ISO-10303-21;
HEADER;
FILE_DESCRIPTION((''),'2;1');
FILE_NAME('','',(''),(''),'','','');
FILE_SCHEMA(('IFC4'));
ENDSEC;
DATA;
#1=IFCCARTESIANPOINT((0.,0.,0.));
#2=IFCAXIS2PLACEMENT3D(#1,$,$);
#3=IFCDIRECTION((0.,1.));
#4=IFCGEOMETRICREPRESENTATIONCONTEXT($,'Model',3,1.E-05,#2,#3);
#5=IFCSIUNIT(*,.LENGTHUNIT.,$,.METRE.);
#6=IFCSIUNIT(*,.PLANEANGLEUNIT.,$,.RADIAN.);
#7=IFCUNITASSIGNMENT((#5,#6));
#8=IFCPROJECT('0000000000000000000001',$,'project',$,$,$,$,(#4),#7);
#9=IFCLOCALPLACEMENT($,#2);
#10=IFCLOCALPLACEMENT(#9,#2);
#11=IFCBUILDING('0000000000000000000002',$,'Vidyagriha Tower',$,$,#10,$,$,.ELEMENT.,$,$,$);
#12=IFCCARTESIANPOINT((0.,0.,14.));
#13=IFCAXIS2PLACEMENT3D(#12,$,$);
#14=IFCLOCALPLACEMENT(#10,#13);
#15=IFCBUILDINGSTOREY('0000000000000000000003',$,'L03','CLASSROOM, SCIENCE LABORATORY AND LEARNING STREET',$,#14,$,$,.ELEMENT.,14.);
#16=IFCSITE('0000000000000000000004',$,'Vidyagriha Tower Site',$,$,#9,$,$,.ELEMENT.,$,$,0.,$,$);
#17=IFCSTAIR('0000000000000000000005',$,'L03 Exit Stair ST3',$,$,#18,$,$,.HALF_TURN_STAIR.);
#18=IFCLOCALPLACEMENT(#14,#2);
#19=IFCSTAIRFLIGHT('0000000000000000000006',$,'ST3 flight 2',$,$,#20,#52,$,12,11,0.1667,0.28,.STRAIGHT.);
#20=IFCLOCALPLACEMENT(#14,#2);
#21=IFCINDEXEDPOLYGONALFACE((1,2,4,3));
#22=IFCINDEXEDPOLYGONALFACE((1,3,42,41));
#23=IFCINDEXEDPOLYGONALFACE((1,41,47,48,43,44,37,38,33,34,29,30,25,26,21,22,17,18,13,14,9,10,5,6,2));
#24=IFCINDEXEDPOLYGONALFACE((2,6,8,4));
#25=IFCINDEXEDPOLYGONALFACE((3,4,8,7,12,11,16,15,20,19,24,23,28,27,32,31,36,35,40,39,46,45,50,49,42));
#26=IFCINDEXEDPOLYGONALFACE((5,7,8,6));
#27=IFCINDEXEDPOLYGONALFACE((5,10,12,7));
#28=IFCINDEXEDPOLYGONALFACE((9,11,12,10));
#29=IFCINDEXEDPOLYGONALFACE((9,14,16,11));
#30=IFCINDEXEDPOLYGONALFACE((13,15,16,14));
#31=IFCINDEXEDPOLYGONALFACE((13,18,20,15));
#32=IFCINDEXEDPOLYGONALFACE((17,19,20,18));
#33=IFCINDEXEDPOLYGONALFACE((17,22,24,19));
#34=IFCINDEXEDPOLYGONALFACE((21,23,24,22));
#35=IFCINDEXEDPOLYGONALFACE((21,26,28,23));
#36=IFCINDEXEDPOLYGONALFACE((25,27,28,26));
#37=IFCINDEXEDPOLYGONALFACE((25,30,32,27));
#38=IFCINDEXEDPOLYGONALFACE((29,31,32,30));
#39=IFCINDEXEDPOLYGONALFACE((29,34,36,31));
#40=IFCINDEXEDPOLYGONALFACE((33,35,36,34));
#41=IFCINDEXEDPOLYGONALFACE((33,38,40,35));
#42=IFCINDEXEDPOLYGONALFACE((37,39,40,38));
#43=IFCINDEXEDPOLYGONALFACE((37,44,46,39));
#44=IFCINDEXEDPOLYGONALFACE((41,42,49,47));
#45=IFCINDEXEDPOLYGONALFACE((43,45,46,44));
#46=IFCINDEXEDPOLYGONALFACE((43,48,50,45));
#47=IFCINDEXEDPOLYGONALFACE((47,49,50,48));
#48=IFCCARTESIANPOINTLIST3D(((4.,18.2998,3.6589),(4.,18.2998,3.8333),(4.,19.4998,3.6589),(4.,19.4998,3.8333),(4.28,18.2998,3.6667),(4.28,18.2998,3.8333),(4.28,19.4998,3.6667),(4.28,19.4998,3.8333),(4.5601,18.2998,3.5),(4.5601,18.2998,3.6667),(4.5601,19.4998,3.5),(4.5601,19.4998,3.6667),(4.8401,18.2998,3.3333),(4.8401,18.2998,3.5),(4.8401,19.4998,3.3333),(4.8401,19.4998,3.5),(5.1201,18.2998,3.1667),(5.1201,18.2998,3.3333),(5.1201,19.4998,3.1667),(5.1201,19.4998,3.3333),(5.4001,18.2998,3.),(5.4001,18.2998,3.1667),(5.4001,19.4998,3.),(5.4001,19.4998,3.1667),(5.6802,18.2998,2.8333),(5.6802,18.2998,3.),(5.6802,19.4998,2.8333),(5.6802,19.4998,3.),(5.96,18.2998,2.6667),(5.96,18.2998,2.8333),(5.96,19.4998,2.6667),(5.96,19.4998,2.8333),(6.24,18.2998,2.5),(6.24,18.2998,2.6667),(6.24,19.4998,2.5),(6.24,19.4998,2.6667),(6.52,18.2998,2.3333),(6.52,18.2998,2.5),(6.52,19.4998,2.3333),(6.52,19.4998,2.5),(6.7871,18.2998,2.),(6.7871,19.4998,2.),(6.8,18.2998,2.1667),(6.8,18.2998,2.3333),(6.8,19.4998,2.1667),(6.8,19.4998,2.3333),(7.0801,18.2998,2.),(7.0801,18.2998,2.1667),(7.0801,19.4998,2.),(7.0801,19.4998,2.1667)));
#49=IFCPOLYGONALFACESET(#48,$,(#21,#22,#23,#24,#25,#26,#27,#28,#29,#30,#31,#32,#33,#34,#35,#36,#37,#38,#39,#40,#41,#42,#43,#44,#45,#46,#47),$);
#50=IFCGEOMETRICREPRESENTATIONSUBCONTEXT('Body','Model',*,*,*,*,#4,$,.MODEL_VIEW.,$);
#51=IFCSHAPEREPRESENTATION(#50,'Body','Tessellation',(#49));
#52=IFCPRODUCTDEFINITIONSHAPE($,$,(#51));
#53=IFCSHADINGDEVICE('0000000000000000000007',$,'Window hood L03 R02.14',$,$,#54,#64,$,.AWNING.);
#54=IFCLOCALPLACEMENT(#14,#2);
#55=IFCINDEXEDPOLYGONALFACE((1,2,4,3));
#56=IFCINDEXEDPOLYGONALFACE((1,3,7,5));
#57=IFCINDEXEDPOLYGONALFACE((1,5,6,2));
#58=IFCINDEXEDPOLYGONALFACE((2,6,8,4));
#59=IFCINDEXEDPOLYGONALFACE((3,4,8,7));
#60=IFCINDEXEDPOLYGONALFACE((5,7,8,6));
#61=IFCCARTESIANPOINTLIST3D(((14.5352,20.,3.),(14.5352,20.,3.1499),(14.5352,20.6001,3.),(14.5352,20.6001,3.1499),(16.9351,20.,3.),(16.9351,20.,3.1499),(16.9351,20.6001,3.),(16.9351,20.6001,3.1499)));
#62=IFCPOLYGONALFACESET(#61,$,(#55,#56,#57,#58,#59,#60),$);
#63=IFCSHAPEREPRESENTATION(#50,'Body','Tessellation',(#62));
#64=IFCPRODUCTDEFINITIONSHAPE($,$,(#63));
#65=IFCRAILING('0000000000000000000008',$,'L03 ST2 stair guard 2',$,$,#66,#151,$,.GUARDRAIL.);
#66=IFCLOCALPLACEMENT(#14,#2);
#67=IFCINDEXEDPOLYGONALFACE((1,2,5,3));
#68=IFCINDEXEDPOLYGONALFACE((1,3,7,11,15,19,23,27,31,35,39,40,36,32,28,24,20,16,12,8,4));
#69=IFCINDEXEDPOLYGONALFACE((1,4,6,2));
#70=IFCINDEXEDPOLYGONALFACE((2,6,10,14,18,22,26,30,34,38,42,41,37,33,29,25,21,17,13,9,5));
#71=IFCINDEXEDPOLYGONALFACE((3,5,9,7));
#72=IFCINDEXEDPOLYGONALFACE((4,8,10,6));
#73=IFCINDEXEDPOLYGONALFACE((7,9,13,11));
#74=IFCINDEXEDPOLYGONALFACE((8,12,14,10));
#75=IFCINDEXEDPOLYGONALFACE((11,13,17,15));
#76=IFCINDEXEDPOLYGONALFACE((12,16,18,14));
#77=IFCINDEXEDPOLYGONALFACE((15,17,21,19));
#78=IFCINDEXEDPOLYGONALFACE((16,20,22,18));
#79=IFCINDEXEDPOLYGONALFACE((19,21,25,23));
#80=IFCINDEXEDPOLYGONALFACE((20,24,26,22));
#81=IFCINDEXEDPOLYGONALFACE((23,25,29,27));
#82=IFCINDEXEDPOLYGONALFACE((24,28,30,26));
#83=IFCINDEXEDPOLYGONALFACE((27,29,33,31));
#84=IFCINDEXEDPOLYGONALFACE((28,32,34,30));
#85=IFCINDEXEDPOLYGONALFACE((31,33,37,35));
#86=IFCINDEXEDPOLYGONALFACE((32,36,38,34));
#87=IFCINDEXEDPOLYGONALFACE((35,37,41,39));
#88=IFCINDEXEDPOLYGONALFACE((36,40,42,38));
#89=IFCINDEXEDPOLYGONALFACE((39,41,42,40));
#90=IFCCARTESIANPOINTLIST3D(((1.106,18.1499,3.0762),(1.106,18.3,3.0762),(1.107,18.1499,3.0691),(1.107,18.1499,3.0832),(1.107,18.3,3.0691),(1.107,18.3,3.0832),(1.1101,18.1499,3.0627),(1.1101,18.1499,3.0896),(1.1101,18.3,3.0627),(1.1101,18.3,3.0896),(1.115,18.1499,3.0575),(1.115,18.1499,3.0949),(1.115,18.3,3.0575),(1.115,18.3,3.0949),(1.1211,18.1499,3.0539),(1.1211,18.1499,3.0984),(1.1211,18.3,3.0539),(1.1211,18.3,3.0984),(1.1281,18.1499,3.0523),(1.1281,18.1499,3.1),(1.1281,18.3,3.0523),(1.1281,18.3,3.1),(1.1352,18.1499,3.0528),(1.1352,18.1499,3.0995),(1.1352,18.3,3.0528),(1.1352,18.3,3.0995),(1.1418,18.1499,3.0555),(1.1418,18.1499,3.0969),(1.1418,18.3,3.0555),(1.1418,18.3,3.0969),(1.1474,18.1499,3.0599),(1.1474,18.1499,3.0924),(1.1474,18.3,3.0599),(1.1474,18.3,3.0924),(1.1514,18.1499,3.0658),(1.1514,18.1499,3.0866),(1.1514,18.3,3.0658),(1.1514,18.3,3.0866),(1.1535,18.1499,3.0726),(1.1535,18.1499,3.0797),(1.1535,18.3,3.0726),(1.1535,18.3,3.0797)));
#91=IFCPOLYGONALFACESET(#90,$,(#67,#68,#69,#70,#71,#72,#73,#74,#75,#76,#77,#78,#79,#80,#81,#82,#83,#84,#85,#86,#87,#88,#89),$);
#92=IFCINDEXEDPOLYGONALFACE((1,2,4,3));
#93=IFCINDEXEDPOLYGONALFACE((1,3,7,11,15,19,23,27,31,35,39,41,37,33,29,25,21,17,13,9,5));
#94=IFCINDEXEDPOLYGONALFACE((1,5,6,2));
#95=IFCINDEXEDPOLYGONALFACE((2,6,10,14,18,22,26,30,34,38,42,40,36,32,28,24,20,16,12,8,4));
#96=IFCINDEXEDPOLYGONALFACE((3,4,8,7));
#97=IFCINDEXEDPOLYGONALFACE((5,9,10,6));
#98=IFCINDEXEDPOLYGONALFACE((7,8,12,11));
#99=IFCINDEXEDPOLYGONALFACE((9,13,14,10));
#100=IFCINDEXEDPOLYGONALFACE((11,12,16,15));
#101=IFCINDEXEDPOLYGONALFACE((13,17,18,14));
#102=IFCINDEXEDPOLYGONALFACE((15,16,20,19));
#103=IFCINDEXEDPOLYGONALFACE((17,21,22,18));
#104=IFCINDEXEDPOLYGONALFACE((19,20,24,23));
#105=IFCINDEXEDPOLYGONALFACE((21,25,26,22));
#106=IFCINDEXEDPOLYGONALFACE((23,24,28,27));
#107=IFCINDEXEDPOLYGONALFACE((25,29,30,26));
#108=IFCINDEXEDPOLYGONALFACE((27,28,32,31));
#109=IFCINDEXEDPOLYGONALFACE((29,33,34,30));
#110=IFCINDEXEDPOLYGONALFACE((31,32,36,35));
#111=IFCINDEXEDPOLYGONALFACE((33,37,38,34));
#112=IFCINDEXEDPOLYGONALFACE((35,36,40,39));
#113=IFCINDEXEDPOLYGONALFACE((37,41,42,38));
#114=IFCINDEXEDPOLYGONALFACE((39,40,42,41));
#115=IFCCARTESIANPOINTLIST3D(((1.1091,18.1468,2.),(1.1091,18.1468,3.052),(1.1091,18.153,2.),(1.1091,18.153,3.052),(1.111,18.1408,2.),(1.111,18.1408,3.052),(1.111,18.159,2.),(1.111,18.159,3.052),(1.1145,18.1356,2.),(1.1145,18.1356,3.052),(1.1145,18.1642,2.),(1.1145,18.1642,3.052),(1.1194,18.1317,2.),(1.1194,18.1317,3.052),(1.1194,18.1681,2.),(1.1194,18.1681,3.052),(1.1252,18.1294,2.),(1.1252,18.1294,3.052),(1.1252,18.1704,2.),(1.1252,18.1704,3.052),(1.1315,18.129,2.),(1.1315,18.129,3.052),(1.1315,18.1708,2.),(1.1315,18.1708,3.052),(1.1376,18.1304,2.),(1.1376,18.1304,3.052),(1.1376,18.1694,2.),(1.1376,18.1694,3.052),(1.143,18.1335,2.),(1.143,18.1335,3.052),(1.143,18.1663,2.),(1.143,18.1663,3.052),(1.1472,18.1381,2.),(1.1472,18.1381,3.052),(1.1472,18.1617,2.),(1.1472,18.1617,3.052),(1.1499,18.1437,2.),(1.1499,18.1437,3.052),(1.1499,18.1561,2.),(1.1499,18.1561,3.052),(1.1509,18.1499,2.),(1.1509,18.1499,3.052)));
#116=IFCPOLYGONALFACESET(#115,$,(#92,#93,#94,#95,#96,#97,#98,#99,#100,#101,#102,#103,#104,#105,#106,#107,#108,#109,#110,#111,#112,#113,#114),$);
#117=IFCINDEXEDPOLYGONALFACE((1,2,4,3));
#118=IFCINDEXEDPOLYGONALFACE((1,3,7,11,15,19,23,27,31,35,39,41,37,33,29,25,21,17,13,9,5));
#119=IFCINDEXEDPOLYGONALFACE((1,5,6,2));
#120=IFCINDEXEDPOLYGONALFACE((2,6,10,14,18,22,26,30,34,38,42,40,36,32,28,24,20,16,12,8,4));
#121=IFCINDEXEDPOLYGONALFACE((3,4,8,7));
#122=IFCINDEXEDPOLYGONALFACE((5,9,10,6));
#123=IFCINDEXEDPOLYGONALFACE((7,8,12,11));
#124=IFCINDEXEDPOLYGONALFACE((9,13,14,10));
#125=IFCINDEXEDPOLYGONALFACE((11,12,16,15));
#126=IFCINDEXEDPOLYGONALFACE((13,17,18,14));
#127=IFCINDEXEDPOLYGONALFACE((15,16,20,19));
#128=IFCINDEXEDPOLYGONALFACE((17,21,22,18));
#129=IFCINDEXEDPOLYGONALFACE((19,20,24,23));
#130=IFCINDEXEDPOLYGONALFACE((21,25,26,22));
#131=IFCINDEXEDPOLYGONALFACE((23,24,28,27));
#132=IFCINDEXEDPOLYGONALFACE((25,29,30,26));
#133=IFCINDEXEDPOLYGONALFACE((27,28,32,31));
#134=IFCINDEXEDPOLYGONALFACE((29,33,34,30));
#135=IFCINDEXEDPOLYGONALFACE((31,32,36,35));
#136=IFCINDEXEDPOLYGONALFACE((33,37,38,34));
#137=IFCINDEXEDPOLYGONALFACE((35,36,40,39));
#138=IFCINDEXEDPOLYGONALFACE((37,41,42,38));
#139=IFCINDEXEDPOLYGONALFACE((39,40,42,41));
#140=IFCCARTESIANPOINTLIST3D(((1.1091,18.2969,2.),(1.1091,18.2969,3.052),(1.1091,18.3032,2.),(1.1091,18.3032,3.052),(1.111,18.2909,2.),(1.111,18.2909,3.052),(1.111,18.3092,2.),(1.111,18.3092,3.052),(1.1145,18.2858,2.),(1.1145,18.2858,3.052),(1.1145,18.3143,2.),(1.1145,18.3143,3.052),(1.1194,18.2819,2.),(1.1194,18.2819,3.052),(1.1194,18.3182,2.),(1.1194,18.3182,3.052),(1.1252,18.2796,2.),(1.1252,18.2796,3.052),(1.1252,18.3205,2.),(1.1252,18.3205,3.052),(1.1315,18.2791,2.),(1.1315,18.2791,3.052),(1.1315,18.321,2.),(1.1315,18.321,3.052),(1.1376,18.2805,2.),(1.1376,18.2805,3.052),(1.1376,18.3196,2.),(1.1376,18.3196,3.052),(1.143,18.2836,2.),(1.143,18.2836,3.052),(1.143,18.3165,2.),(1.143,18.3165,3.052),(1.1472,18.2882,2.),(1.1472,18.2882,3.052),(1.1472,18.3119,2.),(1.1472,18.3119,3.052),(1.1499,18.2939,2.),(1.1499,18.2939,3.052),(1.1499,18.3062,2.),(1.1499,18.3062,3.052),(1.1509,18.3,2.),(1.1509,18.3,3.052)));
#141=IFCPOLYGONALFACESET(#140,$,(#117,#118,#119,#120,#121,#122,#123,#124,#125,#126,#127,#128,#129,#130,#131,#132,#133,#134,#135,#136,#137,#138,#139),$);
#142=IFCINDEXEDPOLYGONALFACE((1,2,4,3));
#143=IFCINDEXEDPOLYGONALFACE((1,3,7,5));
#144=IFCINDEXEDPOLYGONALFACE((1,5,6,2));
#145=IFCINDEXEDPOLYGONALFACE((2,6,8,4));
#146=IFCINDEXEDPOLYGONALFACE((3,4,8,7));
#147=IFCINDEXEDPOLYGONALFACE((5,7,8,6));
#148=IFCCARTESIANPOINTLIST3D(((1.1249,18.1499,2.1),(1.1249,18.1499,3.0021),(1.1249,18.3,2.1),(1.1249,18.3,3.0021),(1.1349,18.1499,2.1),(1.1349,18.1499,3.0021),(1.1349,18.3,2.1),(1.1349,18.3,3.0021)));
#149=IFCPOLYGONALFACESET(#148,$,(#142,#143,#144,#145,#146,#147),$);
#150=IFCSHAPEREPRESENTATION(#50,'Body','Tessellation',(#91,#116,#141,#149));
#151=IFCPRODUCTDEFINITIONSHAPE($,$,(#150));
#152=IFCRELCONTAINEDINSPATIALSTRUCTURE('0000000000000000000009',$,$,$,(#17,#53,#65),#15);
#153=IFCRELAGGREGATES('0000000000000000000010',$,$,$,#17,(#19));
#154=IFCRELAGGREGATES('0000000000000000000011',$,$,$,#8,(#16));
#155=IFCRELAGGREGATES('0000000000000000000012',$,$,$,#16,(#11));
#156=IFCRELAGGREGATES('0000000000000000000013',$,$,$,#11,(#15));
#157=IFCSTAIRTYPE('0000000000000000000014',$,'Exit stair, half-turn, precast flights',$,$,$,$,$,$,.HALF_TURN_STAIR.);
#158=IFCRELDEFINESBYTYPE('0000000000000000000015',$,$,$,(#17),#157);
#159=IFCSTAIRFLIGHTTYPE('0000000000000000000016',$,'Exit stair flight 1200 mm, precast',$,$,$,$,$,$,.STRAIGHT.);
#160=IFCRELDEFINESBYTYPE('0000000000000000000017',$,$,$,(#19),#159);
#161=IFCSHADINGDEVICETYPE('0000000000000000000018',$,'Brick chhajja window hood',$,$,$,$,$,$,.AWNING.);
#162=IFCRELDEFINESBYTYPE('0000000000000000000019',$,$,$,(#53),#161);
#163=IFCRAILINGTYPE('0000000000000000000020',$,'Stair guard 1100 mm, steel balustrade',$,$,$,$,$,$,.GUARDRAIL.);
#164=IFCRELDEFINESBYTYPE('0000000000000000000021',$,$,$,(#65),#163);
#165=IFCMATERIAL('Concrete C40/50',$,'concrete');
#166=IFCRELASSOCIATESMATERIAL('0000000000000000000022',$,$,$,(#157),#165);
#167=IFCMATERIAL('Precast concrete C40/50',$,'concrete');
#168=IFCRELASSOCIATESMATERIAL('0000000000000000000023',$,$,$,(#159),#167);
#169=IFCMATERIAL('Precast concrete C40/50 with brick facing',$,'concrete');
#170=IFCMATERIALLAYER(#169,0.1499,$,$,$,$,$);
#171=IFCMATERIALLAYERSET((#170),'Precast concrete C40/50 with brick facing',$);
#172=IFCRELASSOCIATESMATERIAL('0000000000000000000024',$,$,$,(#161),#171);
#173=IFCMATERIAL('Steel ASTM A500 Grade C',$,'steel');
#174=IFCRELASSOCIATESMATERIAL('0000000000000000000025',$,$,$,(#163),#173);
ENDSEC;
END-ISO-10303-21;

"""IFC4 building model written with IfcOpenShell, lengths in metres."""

from ifc_helpers import new_model, si_unit, direction, frame, origin, origin_2d, place, context, subcontext, project, spatial, polyline, rectangle, circle, outline, extrude, material, layer, layer_set, type_object, element, aggregate, save


model = new_model("IFC4")

# Units and contexts
model_context = context("Model", 3, precision=1e-05, world=origin(), true_north=direction((0.0, 1.0)))
body_context = subcontext(model_context, "Body", "Model", "MODEL_VIEW")
ifc_project = project(units=[si_unit("LENGTHUNIT", "METRE"), si_unit("PLANEANGLEUNIT", "RADIAN")], contexts=[model_context])

# Site, building, storey
site_placement = place(None, origin())
site = spatial("IfcSite", under=ifc_project, at=site_placement, Name="Vidyagriha Tower Site", CompositionType="ELEMENT", RefElevation=0.0)
building_placement = place(site_placement, origin())
building = spatial("IfcBuilding", under=site, at=building_placement, Name="Vidyagriha Tower", CompositionType="ELEMENT")
storey_placement = place(building_placement, frame((0.0, 0.0, 14.0)))
storey = spatial("IfcBuildingStorey", under=building, at=storey_placement, Name="L03", Description="CLASSROOM, SCIENCE LABORATORY AND LEARNING STREET", CompositionType="ELEMENT", Elevation=14.0)

# Shared definitions
ifc_material_1 = material(Name="Concrete C40/50", Category="concrete")
stair_type = type_object("IfcStairType", Name="Exit stair, half-turn, precast flights", PredefinedType="HALF_TURN_STAIR", material=ifc_material_1)
ifc_material_2 = material(Name="Precast concrete C40/50", Category="concrete")
stair_flight_type = type_object("IfcStairFlightType", Name="Exit stair flight 1200 mm, precast", PredefinedType="STRAIGHT", material=ifc_material_2)

# Stair, stair flight
stair_1_placement = place(storey_placement, origin())
stair_1 = element("IfcStair", 1, at=stair_1_placement, inside=storey, type_object=stair_type, Name="L03 Exit Stair ST3", PredefinedType="HALF_TURN_STAIR")
stair_flight_1_placement = place(storey_placement, frame((7.0801, 18.8999, 2.0), z_axis=(0.0, 0.0, 1.0), x_axis=(-1.0, 0.0, 0.0)))
stair_flight_1 = element("IfcStairFlight", 2, at=stair_flight_1_placement, type_object=stair_flight_type, Name="ST3 flight 2", NumberOfRisers=12, NumberOfTreads=11, PredefinedType="STRAIGHT", RiserHeight=0.1667, TreadLength=0.28, context=body_context, shape_type="SweptSolid", body=[
    extrude(outline(polyline([(0.0, 0.0), (0.0, 0.1667), (0.28, 0.1667), (0.28, 0.3333), (0.5601, 0.3333), (0.5601, 0.5), (0.8401, 0.5), (0.8401, 0.6667), (1.1201, 0.6667), (1.1201, 0.8333), (1.3999, 0.8333), (1.3999, 1.0), (1.6799, 1.0), (1.6799, 1.1667), (1.96, 1.1667), (1.96, 1.3333), (2.24, 1.3333), (2.24, 1.5), (2.52, 1.5), (2.52, 1.6667), (2.8, 1.6667), (2.8, 1.8333), (3.0801, 1.8333), (3.0801, 2.0), (3.0801, 1.6589), (0.293, 0.0), (0.0, 0.0)])), frame((0.0, 0.6001, 0.0), z_axis=(0.0, -1.0, 0.0), x_axis=(1.0, 0.0, 0.0)), (0.0, 0.0, 1.0), 1.2),
])
aggregate(stair_1, [stair_flight_1])

# Shading device
ifc_material_3 = material(Name="Precast concrete C40/50 with brick facing", Category="concrete")
ifc_layer_1 = layer(ifc_material_3, 0.1499)
ifc_layer_set_1 = layer_set([ifc_layer_1], Name="Precast concrete C40/50 with brick facing")
shading_device_type = type_object("IfcShadingDeviceType", Name="Brick chhajja window hood", PredefinedType="AWNING", material=ifc_layer_set_1)
shading_device_placement = place(storey_placement, frame((15.7351, 20.3, 3.0), z_axis=(0.0, 0.0, 1.0), x_axis=(-1.0, 0.0, 0.0)))
element("IfcShadingDevice", 3, at=shading_device_placement, inside=storey, type_object=shading_device_type, Name="Window hood L03 R02.14", PredefinedType="AWNING", context=body_context, shape_type="SweptSolid", body=[
    extrude(rectangle(XDim=2.3999, YDim=0.6001, at=origin_2d()), origin(), (0.0, 0.0, 1.0), 0.1499),
])

# Railing
ifc_material_4 = material(Name="Steel ASTM A500 Grade C", Category="steel")
railing_type_1 = type_object("IfcRailingType", Name="Stair guard 1100 mm, steel balustrade", PredefinedType="GUARDRAIL", material=ifc_material_4)
railing_1_placement = place(storey_placement, frame((1.1299, 18.1499, 2.0)))
element("IfcRailing", 4, at=railing_1_placement, inside=storey, type_object=railing_type_1, Name="L03 ST2 stair guard 2", PredefinedType="GUARDRAIL", context=body_context, shape_type="SweptSolid", body=[
    extrude(circle(Radius=0.0239, at=origin_2d()), frame((0.0, 0.0, 1.0762), z_axis=(0.0, 1.0, 0.0), x_axis=(-1.0, 0.0, 0.0)), (0.0, 0.0, 1.0), 0.1501),
    extrude(circle(Radius=0.021, at=origin_2d()), origin(), (0.0, 0.0, 1.0), 1.052),
    extrude(circle(Radius=0.021, at=origin_2d()), frame((0.0, 0.1501, 0.0)), (0.0, 0.0, 1.0), 1.052),
    extrude(rectangle(XDim=0.01, YDim=0.9021, at=origin_2d()), frame((0.0, 0.0, 0.551), z_axis=(0.0, 1.0, 0.0), x_axis=(-1.0, 0.0, 0.0)), (0.0, 0.0, 1.0), 0.1501),
])

save(model, "model.ifc")
